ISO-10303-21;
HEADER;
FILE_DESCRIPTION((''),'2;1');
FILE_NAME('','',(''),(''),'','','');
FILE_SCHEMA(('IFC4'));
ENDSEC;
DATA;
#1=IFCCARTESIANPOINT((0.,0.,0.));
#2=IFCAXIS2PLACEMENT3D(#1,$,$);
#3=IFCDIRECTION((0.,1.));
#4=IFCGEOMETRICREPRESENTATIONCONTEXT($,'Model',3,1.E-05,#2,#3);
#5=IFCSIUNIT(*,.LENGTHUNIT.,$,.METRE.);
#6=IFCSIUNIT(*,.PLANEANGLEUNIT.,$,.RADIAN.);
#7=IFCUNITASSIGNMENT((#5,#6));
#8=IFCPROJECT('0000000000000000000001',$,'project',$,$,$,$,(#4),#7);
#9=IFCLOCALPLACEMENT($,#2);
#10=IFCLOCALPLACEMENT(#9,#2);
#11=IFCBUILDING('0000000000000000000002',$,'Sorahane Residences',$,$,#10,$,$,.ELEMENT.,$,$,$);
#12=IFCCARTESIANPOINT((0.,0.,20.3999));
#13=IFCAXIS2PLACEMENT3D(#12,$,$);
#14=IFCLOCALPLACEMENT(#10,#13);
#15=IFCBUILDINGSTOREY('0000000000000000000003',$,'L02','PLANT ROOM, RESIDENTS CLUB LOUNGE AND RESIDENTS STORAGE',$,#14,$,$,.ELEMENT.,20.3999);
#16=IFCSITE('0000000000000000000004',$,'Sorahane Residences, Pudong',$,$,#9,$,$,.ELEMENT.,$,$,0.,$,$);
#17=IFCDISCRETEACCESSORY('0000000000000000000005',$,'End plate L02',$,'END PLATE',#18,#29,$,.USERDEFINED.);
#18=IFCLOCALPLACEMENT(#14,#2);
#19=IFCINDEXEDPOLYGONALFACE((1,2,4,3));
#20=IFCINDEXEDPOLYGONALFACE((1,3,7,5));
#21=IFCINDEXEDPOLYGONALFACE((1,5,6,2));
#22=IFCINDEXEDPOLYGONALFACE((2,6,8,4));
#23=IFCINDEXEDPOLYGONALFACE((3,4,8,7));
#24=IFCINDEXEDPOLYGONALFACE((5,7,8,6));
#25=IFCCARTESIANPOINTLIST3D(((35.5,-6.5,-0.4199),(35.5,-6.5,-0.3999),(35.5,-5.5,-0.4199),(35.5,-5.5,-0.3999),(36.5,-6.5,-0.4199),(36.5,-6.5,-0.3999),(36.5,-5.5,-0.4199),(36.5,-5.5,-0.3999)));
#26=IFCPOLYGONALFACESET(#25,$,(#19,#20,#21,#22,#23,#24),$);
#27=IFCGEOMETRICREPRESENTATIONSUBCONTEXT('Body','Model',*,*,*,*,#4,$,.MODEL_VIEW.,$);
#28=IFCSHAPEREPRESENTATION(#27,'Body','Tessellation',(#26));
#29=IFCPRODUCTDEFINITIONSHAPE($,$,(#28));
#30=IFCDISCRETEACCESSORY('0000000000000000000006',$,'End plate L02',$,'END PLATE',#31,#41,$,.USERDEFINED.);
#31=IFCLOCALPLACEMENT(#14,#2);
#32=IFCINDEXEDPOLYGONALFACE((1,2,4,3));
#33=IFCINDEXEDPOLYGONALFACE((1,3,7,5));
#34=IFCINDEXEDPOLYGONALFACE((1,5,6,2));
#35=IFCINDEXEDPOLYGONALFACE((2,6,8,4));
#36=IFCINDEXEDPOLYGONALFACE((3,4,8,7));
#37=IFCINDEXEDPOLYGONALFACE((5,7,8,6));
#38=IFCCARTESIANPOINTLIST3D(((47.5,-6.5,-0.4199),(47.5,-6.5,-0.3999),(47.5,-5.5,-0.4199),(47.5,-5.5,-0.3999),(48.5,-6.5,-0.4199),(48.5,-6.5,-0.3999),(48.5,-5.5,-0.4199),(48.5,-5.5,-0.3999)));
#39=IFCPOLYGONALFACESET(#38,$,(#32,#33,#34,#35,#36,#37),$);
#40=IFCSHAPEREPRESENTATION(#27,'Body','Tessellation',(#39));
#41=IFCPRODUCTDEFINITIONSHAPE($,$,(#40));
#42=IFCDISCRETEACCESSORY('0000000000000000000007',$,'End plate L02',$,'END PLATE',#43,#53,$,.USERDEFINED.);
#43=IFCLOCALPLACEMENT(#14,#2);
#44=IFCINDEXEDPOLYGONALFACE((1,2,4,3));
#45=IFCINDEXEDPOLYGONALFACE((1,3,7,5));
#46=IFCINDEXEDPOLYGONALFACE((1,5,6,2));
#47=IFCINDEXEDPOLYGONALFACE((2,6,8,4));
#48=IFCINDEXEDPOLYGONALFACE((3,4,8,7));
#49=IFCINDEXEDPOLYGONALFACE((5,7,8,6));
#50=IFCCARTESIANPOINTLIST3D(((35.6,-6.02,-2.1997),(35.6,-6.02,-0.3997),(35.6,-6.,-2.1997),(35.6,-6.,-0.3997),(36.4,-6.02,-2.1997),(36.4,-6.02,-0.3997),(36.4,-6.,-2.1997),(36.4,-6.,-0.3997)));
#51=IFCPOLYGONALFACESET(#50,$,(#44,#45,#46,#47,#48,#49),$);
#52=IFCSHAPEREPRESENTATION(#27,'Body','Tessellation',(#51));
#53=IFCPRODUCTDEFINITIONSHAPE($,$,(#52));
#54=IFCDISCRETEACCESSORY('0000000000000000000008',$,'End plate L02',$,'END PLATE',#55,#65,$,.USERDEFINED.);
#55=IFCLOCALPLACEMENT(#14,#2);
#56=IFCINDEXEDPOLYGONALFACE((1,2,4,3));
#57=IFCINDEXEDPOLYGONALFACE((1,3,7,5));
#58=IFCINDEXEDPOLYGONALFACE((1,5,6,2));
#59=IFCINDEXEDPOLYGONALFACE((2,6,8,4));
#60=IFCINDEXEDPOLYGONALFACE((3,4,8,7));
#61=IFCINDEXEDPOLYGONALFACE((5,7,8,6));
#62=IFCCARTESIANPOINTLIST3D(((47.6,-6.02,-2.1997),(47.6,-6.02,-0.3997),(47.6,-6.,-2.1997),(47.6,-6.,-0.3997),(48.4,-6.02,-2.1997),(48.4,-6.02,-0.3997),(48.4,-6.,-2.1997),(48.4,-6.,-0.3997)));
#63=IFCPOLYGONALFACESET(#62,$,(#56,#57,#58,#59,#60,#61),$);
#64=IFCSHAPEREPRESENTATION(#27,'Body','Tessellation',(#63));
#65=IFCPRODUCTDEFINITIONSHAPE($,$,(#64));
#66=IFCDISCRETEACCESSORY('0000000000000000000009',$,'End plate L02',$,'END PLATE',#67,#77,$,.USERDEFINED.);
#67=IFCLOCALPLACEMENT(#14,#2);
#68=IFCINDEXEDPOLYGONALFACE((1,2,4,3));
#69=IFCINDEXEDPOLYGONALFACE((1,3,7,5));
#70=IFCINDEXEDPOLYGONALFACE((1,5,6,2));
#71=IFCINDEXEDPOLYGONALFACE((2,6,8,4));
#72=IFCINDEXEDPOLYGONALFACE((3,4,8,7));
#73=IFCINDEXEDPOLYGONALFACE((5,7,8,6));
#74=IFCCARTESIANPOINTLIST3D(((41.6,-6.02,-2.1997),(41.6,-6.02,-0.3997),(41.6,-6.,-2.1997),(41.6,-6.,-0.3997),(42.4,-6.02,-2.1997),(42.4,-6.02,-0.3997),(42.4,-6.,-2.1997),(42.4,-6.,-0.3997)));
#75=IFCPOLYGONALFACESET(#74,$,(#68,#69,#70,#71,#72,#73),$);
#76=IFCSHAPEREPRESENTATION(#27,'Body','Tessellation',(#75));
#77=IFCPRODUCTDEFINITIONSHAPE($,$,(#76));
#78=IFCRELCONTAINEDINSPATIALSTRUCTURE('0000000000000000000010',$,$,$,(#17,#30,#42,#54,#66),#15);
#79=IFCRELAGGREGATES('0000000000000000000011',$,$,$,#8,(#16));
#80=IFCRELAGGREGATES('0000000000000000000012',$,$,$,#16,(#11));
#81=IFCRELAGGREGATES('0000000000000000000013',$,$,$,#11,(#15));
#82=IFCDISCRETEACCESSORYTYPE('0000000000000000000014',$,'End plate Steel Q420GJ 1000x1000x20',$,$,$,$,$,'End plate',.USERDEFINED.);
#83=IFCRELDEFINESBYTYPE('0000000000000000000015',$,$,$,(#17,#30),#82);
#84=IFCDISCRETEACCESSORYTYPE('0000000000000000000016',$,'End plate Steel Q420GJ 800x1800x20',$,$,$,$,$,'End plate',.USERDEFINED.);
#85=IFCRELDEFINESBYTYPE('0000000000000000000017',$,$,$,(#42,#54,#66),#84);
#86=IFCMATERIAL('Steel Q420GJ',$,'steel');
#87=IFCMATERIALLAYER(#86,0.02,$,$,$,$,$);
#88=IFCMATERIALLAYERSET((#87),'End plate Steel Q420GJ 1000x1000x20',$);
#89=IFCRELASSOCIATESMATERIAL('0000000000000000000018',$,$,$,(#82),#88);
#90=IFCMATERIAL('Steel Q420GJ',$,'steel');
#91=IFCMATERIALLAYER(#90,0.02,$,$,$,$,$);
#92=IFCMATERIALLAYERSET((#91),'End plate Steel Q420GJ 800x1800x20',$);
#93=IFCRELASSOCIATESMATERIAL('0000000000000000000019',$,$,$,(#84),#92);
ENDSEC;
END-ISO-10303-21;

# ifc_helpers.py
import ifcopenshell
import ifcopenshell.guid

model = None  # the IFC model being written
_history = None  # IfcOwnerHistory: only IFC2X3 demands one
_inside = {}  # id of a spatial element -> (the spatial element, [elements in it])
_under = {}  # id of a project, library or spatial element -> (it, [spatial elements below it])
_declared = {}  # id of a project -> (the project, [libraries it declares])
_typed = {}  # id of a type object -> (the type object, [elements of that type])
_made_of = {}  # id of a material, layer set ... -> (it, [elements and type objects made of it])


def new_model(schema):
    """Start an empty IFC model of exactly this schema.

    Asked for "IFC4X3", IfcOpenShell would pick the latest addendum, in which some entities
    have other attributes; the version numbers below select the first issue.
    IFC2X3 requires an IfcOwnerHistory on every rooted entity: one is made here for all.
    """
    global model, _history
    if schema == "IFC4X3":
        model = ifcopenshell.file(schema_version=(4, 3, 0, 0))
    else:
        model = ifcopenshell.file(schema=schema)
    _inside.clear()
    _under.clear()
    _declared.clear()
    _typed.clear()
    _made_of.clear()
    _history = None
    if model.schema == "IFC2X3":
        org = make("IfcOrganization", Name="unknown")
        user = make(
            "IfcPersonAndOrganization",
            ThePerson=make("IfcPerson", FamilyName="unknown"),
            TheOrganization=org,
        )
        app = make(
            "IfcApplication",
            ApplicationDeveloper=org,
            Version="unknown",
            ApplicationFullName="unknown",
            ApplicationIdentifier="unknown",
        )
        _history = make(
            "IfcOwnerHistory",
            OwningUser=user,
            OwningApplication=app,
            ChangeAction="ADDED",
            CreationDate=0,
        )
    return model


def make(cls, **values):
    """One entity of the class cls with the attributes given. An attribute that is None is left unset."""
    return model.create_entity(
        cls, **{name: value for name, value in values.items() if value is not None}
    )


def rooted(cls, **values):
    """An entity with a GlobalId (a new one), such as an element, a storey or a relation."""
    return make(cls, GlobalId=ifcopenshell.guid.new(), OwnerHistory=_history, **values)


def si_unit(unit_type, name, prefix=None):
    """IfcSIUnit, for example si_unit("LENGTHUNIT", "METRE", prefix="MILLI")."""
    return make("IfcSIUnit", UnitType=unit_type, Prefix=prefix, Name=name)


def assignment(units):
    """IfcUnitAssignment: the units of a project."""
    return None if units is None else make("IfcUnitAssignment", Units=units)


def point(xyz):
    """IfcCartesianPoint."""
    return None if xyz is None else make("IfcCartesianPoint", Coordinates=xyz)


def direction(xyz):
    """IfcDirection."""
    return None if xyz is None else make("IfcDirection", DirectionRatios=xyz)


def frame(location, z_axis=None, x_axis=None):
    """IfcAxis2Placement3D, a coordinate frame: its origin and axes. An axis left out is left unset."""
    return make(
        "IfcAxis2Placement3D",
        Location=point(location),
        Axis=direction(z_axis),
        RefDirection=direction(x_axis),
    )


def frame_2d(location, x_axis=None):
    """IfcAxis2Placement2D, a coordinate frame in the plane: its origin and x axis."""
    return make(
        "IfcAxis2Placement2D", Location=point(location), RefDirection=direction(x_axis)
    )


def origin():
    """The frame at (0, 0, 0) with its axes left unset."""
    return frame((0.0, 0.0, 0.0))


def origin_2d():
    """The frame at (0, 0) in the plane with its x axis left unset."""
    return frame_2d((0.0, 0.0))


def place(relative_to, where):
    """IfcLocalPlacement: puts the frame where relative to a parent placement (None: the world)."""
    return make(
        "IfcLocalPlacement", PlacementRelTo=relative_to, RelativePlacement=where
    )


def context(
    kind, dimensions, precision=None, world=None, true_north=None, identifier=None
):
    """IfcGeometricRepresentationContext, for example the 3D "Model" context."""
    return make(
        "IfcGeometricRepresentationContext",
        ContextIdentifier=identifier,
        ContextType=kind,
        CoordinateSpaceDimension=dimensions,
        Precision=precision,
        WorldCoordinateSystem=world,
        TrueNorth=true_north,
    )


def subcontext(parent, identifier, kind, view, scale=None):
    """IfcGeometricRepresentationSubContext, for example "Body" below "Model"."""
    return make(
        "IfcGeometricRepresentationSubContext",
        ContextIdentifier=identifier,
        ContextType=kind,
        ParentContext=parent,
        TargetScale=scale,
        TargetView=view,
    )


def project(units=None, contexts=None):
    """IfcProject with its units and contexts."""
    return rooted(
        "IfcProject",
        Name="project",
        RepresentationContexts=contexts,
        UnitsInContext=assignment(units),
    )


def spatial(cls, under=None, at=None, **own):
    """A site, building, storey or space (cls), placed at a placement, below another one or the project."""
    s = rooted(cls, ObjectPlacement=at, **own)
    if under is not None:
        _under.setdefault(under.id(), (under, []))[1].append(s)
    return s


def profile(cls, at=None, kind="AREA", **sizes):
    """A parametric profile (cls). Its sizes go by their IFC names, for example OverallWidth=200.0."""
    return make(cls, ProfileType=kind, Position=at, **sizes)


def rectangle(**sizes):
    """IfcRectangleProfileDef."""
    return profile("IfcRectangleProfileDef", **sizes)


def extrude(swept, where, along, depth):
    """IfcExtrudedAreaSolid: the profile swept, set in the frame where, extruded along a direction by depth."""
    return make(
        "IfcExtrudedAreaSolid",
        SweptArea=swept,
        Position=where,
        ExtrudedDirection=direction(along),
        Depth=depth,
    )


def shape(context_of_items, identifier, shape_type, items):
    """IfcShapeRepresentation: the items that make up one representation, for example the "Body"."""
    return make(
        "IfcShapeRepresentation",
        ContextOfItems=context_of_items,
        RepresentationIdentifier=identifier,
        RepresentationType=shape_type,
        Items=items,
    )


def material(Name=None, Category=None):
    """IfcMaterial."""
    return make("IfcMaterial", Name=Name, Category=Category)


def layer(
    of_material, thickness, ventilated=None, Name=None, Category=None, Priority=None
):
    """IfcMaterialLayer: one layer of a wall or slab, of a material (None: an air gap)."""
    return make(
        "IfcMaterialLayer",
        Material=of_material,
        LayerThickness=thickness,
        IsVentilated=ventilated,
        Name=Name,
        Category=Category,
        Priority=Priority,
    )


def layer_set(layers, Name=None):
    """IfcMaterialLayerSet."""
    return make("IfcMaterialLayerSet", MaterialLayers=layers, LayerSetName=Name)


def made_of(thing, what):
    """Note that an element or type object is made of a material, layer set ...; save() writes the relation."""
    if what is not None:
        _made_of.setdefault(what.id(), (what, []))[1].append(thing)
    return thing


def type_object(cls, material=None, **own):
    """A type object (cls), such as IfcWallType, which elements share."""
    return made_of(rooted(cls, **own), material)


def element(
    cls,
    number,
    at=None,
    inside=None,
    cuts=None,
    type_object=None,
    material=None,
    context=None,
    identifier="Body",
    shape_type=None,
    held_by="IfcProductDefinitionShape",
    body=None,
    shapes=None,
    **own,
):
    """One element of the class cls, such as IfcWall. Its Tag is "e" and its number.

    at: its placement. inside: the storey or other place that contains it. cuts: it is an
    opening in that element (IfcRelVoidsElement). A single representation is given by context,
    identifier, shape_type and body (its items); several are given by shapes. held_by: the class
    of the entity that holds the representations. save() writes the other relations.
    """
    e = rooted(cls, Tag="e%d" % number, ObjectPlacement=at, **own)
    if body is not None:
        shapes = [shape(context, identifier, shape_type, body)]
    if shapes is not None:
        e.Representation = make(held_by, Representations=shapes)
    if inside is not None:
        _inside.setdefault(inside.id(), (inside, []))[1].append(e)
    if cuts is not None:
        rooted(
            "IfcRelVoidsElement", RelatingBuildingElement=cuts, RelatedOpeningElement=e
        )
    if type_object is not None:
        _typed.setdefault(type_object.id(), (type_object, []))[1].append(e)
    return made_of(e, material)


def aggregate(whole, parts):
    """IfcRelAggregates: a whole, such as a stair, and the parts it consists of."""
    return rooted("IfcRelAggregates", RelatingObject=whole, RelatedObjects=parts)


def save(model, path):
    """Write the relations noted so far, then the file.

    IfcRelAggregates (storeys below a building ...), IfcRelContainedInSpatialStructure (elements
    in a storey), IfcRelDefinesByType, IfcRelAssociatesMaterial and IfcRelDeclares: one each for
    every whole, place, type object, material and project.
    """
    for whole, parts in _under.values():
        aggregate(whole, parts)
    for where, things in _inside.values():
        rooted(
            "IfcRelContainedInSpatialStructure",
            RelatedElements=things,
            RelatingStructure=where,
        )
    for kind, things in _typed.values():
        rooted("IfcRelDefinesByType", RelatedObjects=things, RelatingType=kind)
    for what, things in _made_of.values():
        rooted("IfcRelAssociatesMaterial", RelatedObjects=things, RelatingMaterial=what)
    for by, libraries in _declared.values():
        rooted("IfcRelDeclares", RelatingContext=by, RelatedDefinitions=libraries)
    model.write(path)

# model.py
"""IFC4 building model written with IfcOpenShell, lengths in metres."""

from ifc_helpers import new_model, si_unit, direction, frame, origin, origin_2d, place, context, subcontext, project, spatial, rectangle, extrude, material, layer, layer_set, type_object, element, save


model = new_model("IFC4")

# Units and contexts
model_context = context("Model", 3, precision=1e-05, world=origin(), true_north=direction((0.0, 1.0)))
body_context = subcontext(model_context, "Body", "Model", "MODEL_VIEW")
ifc_project = project(units=[si_unit("LENGTHUNIT", "METRE"), si_unit("PLANEANGLEUNIT", "RADIAN")], contexts=[model_context])

# Site, building, storey
site_placement = place(None, origin())
site = spatial("IfcSite", under=ifc_project, at=site_placement, Name="Sorahane Residences, Pudong", CompositionType="ELEMENT", RefElevation=0.0)
building_placement = place(site_placement, origin())
building = spatial("IfcBuilding", under=site, at=building_placement, Name="Sorahane Residences", CompositionType="ELEMENT")
storey_placement = place(building_placement, frame((0.0, 0.0, 20.3999)))
storey = spatial("IfcBuildingStorey", under=building, at=storey_placement, Name="L02", Description="PLANT ROOM, RESIDENTS CLUB LOUNGE AND RESIDENTS STORAGE", CompositionType="ELEMENT", Elevation=20.3999)

# Discrete accessories
ifc_material_1 = material(Name="Steel Q420GJ", Category="steel")
ifc_layer_1 = layer(ifc_material_1, 0.02)
ifc_layer_set_1 = layer_set([ifc_layer_1], Name="End plate Steel Q420GJ 1000x1000x20")
discrete_accessory_type_1 = type_object("IfcDiscreteAccessoryType", Name="End plate Steel Q420GJ 1000x1000x20", ElementType="End plate", PredefinedType="USERDEFINED", material=ifc_layer_set_1)
for number, where, z_axis, x_axis, name in (
    (1, (36.0, -6.0, -0.4199), (0.0, 0.0, 1.0), (1.0, 0.0, 0.0), "End plate L02"),
    (2, (48.0, -6.0, -0.4199), (0.0, 0.0, 1.0), (1.0, 0.0, 0.0), "End plate L02"),
):
    element("IfcDiscreteAccessory", number, at=place(storey_placement, frame(where, z_axis=z_axis, x_axis=x_axis)), inside=storey, type_object=discrete_accessory_type_1, Name=name, ObjectType="END PLATE", PredefinedType="USERDEFINED", context=body_context, shape_type="SweptSolid", body=[
        extrude(rectangle(XDim=1.0, YDim=1.0, at=origin_2d()), origin(), (0.0, 0.0, 1.0), 0.02),
    ])
ifc_material_2 = material(Name="Steel Q420GJ", Category="steel")
ifc_layer_2 = layer(ifc_material_2, 0.02)
ifc_layer_set_2 = layer_set([ifc_layer_2], Name="End plate Steel Q420GJ 800x1800x20")
discrete_accessory_type_2 = type_object("IfcDiscreteAccessoryType", Name="End plate Steel Q420GJ 800x1800x20", ElementType="End plate", PredefinedType="USERDEFINED", material=ifc_layer_set_2)
for number, where, z_axis, x_axis, name in (
    (3, (36.0, -6.01, -2.1997), (0.0, 0.0, 1.0), (0.0, 1.0, 0.0), "End plate L02"),
    (4, (48.0, -6.01, -2.1997), (0.0, 0.0, 1.0), (0.0, 1.0, 0.0), "End plate L02"),
    (5, (42.0, -6.01, -2.1997), (0.0, 0.0, 1.0), (0.0, 1.0, 0.0), "End plate L02"),
):
    element("IfcDiscreteAccessory", number, at=place(storey_placement, frame(where, z_axis=z_axis, x_axis=x_axis)), inside=storey, type_object=discrete_accessory_type_2, Name=name, ObjectType="END PLATE", PredefinedType="USERDEFINED", context=body_context, shape_type="SweptSolid", body=[
        extrude(rectangle(XDim=0.02, YDim=0.8, at=origin_2d()), origin(), (0.0, 0.0, 1.0), 1.8),
    ])

save(model, "model.ifc")
